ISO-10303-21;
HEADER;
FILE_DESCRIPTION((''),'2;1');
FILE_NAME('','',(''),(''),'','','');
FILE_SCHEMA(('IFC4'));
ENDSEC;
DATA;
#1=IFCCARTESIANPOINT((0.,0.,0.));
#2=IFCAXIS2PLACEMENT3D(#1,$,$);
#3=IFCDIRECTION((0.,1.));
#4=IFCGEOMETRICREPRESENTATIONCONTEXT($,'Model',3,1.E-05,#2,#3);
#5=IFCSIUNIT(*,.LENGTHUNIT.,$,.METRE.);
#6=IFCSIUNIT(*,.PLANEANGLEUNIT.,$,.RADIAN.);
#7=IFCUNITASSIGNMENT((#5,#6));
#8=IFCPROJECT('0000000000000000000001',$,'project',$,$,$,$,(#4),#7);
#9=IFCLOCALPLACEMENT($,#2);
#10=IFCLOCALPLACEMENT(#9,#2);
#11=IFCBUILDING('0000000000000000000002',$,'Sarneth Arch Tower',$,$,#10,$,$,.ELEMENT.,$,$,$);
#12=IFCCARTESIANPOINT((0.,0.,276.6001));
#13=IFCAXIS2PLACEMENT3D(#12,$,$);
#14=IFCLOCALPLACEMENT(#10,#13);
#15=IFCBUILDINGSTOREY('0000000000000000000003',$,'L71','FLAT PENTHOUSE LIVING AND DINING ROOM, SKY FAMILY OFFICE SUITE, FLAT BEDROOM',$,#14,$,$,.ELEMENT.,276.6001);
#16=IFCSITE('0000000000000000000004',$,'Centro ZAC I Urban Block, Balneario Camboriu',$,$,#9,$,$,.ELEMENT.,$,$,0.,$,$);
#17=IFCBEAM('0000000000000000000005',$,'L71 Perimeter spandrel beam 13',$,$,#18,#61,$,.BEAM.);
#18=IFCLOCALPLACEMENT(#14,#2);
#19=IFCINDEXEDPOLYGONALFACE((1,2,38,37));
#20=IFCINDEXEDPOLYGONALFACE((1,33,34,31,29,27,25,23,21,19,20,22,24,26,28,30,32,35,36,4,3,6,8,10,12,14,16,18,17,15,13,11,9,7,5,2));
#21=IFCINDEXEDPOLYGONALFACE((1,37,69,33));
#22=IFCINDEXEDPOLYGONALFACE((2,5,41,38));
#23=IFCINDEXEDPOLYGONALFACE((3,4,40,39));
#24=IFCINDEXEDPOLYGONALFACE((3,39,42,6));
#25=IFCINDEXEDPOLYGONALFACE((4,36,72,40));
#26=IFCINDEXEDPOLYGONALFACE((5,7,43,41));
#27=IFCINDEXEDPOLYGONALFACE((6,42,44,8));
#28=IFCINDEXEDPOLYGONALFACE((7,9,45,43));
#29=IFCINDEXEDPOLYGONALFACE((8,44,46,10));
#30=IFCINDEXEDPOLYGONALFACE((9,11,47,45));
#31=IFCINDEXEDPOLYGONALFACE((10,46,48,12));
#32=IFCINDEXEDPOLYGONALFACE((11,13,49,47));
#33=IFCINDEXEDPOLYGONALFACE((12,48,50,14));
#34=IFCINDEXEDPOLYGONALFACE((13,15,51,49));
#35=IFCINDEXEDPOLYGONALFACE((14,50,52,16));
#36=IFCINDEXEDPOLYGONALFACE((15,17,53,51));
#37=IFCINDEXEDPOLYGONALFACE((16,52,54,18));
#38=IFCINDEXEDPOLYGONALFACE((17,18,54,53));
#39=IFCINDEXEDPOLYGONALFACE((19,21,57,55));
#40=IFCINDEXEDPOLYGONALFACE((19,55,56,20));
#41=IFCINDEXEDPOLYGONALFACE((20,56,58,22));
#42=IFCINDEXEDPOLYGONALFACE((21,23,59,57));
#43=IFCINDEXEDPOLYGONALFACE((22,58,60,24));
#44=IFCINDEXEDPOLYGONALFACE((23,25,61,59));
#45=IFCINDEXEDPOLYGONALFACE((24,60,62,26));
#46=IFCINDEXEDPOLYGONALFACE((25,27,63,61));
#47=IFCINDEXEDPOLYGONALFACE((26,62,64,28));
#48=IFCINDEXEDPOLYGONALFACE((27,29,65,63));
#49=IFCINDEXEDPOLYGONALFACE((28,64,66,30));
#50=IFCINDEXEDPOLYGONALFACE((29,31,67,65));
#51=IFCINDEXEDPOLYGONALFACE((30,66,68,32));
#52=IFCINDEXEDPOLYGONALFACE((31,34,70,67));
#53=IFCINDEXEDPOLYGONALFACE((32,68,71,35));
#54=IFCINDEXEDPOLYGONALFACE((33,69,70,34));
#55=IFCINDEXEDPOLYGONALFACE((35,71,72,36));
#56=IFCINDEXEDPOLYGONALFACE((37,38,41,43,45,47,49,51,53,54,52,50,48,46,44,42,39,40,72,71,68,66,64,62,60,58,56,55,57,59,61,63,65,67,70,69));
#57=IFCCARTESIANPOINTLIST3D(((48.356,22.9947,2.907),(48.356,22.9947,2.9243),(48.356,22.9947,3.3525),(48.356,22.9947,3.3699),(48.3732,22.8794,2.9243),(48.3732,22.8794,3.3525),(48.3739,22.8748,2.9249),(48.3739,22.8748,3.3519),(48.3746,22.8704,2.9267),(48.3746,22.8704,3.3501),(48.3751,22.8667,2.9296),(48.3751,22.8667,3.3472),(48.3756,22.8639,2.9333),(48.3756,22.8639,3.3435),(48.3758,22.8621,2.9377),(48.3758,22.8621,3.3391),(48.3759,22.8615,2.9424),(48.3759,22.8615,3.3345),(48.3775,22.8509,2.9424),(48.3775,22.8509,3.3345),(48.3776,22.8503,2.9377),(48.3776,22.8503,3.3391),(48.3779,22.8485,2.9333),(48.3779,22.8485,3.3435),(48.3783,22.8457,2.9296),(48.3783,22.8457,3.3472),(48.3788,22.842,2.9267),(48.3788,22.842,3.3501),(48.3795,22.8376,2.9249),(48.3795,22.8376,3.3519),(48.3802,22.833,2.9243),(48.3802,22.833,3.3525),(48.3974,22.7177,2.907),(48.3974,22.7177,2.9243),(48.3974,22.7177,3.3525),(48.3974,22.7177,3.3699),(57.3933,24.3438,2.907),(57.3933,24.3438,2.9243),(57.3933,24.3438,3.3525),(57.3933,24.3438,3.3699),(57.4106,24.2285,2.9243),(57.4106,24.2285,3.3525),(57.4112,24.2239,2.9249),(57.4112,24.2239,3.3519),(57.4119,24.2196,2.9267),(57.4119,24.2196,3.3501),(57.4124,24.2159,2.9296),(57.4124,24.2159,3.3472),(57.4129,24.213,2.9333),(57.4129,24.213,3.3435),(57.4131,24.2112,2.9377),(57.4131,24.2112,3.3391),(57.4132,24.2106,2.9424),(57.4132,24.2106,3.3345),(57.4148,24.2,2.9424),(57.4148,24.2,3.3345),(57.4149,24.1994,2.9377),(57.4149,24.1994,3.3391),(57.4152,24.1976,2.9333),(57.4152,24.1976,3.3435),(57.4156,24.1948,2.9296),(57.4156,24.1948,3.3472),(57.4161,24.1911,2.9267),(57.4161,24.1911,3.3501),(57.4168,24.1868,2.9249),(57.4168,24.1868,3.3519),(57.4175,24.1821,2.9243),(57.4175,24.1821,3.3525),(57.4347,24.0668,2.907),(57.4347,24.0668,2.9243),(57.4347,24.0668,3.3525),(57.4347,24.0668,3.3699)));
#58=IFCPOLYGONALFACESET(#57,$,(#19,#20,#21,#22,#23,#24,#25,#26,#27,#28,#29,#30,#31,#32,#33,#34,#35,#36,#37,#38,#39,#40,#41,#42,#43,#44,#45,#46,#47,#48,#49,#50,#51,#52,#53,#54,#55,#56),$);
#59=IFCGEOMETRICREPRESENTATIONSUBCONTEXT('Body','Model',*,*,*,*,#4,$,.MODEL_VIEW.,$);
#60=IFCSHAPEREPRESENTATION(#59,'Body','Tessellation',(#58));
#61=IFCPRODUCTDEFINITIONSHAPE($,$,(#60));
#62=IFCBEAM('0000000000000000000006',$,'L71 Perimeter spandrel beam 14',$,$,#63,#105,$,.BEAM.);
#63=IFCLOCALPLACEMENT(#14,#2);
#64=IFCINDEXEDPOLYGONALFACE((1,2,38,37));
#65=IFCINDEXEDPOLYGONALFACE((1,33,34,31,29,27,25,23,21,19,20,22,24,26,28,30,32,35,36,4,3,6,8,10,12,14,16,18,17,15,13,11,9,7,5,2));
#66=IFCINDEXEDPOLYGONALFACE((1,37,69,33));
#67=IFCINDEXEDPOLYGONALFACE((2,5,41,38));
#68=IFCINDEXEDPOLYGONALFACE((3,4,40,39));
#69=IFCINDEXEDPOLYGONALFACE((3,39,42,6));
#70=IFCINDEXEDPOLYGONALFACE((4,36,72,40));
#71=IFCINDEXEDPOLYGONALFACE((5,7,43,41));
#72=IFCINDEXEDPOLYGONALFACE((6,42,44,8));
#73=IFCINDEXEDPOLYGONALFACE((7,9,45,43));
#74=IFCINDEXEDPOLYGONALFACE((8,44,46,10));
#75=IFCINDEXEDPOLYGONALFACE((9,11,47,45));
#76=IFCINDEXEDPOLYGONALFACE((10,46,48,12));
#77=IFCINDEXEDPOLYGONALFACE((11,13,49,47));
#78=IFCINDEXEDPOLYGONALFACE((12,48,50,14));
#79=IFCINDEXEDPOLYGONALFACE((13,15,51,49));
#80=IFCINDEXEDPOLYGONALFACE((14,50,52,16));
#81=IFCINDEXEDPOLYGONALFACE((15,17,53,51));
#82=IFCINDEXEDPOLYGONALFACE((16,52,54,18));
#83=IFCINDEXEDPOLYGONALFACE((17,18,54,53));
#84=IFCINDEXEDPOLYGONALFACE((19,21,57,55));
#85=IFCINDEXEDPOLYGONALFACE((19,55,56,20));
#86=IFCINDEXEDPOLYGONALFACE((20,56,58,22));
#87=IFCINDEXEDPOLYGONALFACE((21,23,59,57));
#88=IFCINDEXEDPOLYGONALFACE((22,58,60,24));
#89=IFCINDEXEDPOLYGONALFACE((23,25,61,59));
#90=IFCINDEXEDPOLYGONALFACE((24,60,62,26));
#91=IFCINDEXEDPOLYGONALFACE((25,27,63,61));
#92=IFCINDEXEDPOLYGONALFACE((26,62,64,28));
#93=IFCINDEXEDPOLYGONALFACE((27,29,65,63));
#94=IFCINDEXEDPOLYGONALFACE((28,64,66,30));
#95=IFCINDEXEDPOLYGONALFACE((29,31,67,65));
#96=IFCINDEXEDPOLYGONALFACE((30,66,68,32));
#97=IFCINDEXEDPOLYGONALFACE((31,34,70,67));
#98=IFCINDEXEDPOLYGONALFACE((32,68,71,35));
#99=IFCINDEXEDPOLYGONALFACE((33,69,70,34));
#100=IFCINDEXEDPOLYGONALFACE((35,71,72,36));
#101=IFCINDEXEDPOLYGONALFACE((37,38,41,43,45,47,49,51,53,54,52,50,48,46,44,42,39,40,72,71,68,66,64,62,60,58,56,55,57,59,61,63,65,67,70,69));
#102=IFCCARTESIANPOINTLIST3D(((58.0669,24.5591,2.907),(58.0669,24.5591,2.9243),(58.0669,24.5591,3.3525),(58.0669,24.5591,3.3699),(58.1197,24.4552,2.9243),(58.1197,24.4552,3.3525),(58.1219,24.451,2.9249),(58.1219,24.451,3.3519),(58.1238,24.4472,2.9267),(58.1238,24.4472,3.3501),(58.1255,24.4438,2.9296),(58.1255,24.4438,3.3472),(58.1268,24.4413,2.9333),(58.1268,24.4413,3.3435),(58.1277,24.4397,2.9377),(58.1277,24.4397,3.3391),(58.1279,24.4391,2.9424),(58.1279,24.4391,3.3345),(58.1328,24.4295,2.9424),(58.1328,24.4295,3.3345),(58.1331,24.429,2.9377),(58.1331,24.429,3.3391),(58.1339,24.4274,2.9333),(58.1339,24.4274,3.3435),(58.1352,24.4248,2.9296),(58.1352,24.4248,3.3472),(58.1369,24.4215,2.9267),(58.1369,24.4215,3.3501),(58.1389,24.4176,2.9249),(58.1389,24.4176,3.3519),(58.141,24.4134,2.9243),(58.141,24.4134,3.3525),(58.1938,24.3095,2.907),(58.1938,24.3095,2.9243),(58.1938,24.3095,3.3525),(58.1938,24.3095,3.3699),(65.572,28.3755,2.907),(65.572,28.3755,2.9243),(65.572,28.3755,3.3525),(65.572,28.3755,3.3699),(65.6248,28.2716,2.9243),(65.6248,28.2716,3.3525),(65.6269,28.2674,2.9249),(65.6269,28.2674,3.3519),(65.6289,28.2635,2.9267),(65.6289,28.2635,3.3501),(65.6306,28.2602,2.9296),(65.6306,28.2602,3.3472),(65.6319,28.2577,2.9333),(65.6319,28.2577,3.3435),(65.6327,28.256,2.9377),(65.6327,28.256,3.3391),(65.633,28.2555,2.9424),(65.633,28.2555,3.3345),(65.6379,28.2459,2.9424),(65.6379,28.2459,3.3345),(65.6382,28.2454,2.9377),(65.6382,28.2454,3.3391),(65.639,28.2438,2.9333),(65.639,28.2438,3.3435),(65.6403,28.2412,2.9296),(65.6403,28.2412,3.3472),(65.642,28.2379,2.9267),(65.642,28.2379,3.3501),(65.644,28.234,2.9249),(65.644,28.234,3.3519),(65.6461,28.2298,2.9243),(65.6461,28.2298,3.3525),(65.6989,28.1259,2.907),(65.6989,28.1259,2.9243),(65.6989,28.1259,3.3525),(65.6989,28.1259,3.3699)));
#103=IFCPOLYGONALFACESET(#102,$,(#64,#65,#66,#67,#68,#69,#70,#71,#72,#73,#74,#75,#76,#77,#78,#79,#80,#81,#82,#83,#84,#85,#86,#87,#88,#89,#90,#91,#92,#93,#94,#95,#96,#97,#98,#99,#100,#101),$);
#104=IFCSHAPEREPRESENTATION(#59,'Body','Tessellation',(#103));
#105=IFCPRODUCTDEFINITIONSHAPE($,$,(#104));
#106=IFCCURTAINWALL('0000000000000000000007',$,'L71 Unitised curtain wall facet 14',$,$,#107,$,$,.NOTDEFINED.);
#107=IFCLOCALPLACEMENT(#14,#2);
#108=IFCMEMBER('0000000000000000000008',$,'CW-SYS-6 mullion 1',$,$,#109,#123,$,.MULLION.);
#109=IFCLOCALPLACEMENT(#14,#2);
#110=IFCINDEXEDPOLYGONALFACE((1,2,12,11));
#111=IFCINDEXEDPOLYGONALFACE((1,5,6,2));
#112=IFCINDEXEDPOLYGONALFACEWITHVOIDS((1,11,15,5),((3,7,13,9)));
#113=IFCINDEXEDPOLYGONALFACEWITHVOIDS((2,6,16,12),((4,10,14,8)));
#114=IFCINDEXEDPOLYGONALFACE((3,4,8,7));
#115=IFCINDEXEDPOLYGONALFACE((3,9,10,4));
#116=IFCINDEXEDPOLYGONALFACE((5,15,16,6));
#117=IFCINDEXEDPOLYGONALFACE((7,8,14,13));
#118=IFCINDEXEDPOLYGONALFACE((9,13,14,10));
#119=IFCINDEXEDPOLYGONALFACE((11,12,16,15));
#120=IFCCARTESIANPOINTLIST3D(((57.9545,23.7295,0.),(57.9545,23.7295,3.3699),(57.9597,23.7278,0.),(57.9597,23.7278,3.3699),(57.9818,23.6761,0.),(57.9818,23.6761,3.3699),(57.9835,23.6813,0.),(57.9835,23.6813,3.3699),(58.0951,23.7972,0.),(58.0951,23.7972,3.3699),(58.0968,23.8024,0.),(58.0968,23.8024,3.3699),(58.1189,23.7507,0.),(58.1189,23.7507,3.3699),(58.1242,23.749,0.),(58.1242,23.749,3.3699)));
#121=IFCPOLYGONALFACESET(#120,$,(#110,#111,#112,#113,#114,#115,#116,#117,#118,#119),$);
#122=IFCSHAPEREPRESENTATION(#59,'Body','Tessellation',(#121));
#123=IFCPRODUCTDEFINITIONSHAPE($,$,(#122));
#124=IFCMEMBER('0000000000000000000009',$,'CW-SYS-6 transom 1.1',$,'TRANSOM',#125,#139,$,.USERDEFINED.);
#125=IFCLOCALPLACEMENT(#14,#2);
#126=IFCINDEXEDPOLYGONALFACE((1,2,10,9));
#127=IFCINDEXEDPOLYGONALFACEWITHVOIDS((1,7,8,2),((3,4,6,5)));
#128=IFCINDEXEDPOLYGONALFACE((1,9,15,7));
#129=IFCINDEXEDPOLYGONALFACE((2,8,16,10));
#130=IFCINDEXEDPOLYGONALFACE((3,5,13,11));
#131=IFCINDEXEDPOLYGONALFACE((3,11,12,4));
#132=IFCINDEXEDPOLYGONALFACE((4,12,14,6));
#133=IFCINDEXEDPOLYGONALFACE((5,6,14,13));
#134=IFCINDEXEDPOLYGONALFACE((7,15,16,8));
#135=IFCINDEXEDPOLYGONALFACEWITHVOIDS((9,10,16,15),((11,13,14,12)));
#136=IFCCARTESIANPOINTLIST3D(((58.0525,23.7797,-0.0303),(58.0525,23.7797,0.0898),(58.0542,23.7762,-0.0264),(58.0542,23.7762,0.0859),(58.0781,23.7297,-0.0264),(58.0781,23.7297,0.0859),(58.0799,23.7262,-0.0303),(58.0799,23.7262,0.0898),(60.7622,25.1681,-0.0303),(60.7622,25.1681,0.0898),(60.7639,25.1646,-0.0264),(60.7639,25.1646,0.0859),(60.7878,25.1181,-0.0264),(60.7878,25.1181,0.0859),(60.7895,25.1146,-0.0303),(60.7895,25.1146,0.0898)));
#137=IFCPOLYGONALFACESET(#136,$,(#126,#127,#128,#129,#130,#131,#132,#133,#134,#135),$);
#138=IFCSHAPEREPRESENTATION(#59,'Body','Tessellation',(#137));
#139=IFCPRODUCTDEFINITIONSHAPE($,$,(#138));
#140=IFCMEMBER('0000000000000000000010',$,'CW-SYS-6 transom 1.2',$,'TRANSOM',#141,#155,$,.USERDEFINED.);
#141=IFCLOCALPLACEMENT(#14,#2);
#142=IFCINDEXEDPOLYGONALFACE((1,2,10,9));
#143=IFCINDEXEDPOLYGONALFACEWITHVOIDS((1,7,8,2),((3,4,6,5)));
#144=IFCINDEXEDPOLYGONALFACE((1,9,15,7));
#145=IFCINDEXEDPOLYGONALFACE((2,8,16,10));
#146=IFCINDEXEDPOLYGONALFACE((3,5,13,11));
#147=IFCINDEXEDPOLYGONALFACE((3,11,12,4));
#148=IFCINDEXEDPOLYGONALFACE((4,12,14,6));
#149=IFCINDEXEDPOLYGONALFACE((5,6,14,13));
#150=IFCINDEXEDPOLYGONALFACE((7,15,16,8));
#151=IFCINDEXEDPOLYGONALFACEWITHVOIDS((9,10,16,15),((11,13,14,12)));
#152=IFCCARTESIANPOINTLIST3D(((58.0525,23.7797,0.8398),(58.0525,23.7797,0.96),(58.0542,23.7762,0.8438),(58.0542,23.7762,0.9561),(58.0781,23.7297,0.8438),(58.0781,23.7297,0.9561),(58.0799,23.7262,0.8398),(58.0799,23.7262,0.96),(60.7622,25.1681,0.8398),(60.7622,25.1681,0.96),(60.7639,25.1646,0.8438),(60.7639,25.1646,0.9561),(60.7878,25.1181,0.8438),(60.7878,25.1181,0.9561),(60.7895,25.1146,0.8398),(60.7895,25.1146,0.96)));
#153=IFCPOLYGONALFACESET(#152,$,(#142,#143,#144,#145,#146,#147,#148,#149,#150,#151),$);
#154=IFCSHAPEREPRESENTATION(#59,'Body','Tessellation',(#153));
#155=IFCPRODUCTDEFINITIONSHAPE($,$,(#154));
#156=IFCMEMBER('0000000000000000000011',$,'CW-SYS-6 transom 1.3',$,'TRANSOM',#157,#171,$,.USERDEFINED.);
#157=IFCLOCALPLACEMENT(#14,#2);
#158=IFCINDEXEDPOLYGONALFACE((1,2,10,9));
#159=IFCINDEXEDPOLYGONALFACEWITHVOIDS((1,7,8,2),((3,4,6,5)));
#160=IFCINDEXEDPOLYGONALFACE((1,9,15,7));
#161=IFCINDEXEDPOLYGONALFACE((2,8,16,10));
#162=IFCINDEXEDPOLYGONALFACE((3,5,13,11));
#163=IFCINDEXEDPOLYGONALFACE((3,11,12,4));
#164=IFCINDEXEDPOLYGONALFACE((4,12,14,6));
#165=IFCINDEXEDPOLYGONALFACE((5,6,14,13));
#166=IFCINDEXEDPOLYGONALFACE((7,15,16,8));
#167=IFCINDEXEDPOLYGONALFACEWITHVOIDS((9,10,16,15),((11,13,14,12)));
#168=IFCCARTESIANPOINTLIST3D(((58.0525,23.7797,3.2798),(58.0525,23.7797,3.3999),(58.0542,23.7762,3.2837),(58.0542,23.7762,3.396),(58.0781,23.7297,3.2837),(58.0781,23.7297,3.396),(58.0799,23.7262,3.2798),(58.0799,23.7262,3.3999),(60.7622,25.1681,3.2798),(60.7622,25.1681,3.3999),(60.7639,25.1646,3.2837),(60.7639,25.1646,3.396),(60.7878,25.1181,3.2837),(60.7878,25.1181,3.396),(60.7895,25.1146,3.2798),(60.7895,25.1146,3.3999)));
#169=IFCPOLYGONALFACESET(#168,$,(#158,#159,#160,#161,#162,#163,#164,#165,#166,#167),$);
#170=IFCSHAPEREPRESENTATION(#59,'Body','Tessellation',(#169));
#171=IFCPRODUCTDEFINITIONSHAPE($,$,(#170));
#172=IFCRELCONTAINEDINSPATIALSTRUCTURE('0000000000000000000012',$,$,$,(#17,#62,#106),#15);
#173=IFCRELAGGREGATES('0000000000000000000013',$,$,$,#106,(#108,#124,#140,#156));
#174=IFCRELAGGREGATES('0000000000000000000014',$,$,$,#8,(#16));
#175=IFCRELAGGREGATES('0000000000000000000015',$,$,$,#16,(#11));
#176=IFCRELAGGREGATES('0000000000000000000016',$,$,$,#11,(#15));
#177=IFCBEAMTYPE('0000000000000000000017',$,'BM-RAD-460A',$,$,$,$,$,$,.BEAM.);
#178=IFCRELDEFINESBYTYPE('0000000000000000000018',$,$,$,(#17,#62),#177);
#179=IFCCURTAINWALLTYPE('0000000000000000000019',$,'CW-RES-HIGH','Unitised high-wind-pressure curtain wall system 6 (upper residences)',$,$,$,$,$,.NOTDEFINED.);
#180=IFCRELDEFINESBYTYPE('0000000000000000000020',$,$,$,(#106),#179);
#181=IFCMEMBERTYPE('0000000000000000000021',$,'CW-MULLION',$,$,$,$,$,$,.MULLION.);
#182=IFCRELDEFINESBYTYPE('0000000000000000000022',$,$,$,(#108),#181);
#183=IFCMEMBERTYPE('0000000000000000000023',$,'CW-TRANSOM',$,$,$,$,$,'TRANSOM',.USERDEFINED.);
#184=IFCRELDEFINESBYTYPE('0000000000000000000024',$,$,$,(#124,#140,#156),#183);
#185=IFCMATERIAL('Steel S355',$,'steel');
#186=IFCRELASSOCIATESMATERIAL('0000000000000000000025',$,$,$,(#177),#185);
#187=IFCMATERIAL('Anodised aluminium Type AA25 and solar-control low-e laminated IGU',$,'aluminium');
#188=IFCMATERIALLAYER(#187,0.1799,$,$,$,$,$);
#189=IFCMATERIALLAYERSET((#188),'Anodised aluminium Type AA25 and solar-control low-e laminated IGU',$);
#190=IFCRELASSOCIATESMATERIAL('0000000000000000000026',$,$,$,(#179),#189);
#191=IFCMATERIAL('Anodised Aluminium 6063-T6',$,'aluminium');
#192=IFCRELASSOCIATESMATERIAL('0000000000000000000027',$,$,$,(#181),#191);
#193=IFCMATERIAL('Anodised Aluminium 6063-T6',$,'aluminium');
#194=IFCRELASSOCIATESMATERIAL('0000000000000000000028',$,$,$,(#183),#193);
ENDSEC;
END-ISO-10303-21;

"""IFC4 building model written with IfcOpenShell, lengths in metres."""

from ifc_helpers import new_model, si_unit, direction, frame, origin, origin_2d, place, context, subcontext, project, spatial, hollow_rectangle, i_section, extrude, material, layer, layer_set, material_profile, profile_set, type_object, element, aggregate, save


model = new_model("IFC4")

# Units and contexts
model_context = context("Model", 3, precision=1e-05, world=origin(), true_north=direction((0.0, 1.0)))
body_context = subcontext(model_context, "Body", "Model", "MODEL_VIEW")
ifc_project = project(units=[si_unit("LENGTHUNIT", "METRE"), si_unit("PLANEANGLEUNIT", "RADIAN")], contexts=[model_context])

# Site, building, storey
site_placement = place(None, origin())
site = spatial("IfcSite", under=ifc_project, at=site_placement, Name="Centro ZAC I Urban Block, Balneario Camboriu", CompositionType="ELEMENT", RefElevation=0.0)
building_placement = place(site_placement, origin())
building = spatial("IfcBuilding", under=site, at=building_placement, Name="Sarneth Arch Tower", CompositionType="ELEMENT")
storey_placement = place(building_placement, frame((0.0, 0.0, 276.6001)))
storey = spatial("IfcBuildingStorey", under=building, at=storey_placement, Name="L71", Description="FLAT PENTHOUSE LIVING AND DINING ROOM, SKY FAMILY OFFICE SUITE, FLAT BEDROOM", CompositionType="ELEMENT", Elevation=276.6001)

# Beams
ifc_material_1 = material(Name="Steel S355", Category="steel")
ifc_material_profile_1 = material_profile(ifc_material_1, i_section(OverallWidth=0.28, OverallDepth=0.4629, WebThickness=0.0107, FlangeThickness=0.0173, FilletRadius=0.0181, at=origin_2d()), Name="W460x113")
ifc_profile_set_1 = profile_set([ifc_material_profile_1], Name="Steel S355")
beam_type_1 = type_object("IfcBeamType", Name="BM-RAD-460A", PredefinedType="BEAM", material=ifc_profile_set_1)
beam_1_placement = place(storey_placement, frame((48.3767, 22.8562, 3.1384), z_axis=(0.98904, 0.147647, 0.0), x_axis=(-0.147647, 0.98904, 0.0)))
element("IfcBeam", 1, at=beam_1_placement, inside=storey, type_object=beam_type_1, Name="L71 Perimeter spandrel beam 13", PredefinedType="BEAM", context=body_context, shape_type="SweptSolid", body=[
    extrude(i_section(OverallWidth=0.28, OverallDepth=0.4629, WebThickness=0.0107, FlangeThickness=0.0173, FilletRadius=0.0181, at=origin_2d()), origin(), (0.0, 0.0, 1.0), 9.1375),
])
beam_2_placement = place(storey_placement, frame((58.1304, 24.4343, 3.1384), z_axis=(0.891374, 0.453269, 0.0), x_axis=(-0.453269, 0.891374, 0.0)))
element("IfcBeam", 2, at=beam_2_placement, inside=storey, type_object=beam_type_1, Name="L71 Perimeter spandrel beam 14", PredefinedType="BEAM", context=body_context, shape_type="SweptSolid", body=[
    extrude(i_section(OverallWidth=0.28, OverallDepth=0.4629, WebThickness=0.0107, FlangeThickness=0.0173, FilletRadius=0.0181, at=origin_2d()), origin(), (0.0, 0.0, 1.0), 8.4197),
])

# Curtain wall, members
ifc_material_2 = material(Name="Anodised aluminium Type AA25 and solar-control low-e laminated IGU", Category="aluminium")
ifc_layer_1 = layer(ifc_material_2, 0.1799)
ifc_layer_set_1 = layer_set([ifc_layer_1], Name="Anodised aluminium Type AA25 and solar-control low-e laminated IGU")
curtain_wall_type = type_object("IfcCurtainWallType", Name="CW-RES-HIGH", Description="Unitised high-wind-pressure curtain wall system 6 (upper residences)", PredefinedType="NOTDEFINED", material=ifc_layer_set_1)
curtain_wall_placement = place(storey_placement, origin())
curtain_wall = element("IfcCurtainWall", 3, at=curtain_wall_placement, inside=storey, type_object=curtain_wall_type, Name="L71 Unitised curtain wall facet 14", PredefinedType="NOTDEFINED")
ifc_material_3 = material(Name="Anodised Aluminium 6063-T6", Category="aluminium")
ifc_material_profile_2 = material_profile(ifc_material_3, hollow_rectangle(XDim=0.0601, YDim=0.1599, WallThickness=0.0039, at=origin_2d()), Name="AL-MULL-160x60x4")
ifc_profile_set_2 = profile_set([ifc_material_profile_2], Name="Anodised Aluminium 6063-T6")
member_type_1 = type_object("IfcMemberType", Name="CW-MULLION", PredefinedType="MULLION", material=ifc_profile_set_2)
member_1_placement = place(storey_placement, frame((58.0393, 23.7393, 0.0), z_axis=(0.0, 0.0, 1.0), x_axis=(-0.455942, 0.89001, 0.0)))
member_1 = element("IfcMember", 4, at=member_1_placement, type_object=member_type_1, Name="CW-SYS-6 mullion 1", PredefinedType="MULLION", context=body_context, shape_type="SweptSolid", body=[
    extrude(hollow_rectangle(XDim=0.0601, YDim=0.1599, WallThickness=0.0039, at=origin_2d()), origin(), (0.0, 0.0, 1.0), 3.3699),
])
ifc_material_4 = material(Name="Anodised Aluminium 6063-T6", Category="aluminium")
ifc_material_profile_3 = material_profile(ifc_material_4, hollow_rectangle(XDim=0.0601, YDim=0.1201, WallThickness=0.0039, at=origin_2d()), Name="AL-TRAN-120x60x4")
ifc_profile_set_3 = profile_set([ifc_material_profile_3], Name="Anodised Aluminium 6063-T6")
member_type_2 = type_object("IfcMemberType", Name="CW-TRANSOM", ElementType="TRANSOM", PredefinedType="USERDEFINED", material=ifc_profile_set_3)
member_2_placement = place(storey_placement, frame((58.0662, 23.7529, 0.0298), z_axis=(0.889974, 0.456012, 0.0), x_axis=(-0.456012, 0.889974, 0.0)))
member_2 = element("IfcMember", 5, at=member_2_placement, type_object=member_type_2, Name="CW-SYS-6 transom 1.1", ObjectType="TRANSOM", PredefinedType="USERDEFINED", context=body_context, shape_type="SweptSolid", body=[
    extrude(hollow_rectangle(XDim=0.0601, YDim=0.1201, WallThickness=0.0039, at=origin_2d()), origin(), (0.0, 0.0, 1.0), 3.0447),
])
member_3_placement = place(storey_placement, frame((58.0662, 23.7529, 0.8999), z_axis=(0.889974, 0.456012, 0.0), x_axis=(-0.456012, 0.889974, 0.0)))
member_3 = element("IfcMember", 6, at=member_3_placement, type_object=member_type_2, Name="CW-SYS-6 transom 1.2", ObjectType="TRANSOM", PredefinedType="USERDEFINED", context=body_context, shape_type="SweptSolid", body=[
    extrude(hollow_rectangle(XDim=0.0601, YDim=0.1201, WallThickness=0.0039, at=origin_2d()), origin(), (0.0, 0.0, 1.0), 3.0447),
])
member_4_placement = place(storey_placement, frame((58.0662, 23.7529, 3.3398), z_axis=(0.889974, 0.456012, 0.0), x_axis=(-0.456012, 0.889974, 0.0)))
member_4 = element("IfcMember", 7, at=member_4_placement, type_object=member_type_2, Name="CW-SYS-6 transom 1.3", ObjectType="TRANSOM", PredefinedType="USERDEFINED", context=body_context, shape_type="SweptSolid", body=[
    extrude(hollow_rectangle(XDim=0.0601, YDim=0.1201, WallThickness=0.0039, at=origin_2d()), origin(), (0.0, 0.0, 1.0), 3.0447),
])
aggregate(curtain_wall, [member_1, member_2, member_3, member_4])

save(model, "model.ifc")
